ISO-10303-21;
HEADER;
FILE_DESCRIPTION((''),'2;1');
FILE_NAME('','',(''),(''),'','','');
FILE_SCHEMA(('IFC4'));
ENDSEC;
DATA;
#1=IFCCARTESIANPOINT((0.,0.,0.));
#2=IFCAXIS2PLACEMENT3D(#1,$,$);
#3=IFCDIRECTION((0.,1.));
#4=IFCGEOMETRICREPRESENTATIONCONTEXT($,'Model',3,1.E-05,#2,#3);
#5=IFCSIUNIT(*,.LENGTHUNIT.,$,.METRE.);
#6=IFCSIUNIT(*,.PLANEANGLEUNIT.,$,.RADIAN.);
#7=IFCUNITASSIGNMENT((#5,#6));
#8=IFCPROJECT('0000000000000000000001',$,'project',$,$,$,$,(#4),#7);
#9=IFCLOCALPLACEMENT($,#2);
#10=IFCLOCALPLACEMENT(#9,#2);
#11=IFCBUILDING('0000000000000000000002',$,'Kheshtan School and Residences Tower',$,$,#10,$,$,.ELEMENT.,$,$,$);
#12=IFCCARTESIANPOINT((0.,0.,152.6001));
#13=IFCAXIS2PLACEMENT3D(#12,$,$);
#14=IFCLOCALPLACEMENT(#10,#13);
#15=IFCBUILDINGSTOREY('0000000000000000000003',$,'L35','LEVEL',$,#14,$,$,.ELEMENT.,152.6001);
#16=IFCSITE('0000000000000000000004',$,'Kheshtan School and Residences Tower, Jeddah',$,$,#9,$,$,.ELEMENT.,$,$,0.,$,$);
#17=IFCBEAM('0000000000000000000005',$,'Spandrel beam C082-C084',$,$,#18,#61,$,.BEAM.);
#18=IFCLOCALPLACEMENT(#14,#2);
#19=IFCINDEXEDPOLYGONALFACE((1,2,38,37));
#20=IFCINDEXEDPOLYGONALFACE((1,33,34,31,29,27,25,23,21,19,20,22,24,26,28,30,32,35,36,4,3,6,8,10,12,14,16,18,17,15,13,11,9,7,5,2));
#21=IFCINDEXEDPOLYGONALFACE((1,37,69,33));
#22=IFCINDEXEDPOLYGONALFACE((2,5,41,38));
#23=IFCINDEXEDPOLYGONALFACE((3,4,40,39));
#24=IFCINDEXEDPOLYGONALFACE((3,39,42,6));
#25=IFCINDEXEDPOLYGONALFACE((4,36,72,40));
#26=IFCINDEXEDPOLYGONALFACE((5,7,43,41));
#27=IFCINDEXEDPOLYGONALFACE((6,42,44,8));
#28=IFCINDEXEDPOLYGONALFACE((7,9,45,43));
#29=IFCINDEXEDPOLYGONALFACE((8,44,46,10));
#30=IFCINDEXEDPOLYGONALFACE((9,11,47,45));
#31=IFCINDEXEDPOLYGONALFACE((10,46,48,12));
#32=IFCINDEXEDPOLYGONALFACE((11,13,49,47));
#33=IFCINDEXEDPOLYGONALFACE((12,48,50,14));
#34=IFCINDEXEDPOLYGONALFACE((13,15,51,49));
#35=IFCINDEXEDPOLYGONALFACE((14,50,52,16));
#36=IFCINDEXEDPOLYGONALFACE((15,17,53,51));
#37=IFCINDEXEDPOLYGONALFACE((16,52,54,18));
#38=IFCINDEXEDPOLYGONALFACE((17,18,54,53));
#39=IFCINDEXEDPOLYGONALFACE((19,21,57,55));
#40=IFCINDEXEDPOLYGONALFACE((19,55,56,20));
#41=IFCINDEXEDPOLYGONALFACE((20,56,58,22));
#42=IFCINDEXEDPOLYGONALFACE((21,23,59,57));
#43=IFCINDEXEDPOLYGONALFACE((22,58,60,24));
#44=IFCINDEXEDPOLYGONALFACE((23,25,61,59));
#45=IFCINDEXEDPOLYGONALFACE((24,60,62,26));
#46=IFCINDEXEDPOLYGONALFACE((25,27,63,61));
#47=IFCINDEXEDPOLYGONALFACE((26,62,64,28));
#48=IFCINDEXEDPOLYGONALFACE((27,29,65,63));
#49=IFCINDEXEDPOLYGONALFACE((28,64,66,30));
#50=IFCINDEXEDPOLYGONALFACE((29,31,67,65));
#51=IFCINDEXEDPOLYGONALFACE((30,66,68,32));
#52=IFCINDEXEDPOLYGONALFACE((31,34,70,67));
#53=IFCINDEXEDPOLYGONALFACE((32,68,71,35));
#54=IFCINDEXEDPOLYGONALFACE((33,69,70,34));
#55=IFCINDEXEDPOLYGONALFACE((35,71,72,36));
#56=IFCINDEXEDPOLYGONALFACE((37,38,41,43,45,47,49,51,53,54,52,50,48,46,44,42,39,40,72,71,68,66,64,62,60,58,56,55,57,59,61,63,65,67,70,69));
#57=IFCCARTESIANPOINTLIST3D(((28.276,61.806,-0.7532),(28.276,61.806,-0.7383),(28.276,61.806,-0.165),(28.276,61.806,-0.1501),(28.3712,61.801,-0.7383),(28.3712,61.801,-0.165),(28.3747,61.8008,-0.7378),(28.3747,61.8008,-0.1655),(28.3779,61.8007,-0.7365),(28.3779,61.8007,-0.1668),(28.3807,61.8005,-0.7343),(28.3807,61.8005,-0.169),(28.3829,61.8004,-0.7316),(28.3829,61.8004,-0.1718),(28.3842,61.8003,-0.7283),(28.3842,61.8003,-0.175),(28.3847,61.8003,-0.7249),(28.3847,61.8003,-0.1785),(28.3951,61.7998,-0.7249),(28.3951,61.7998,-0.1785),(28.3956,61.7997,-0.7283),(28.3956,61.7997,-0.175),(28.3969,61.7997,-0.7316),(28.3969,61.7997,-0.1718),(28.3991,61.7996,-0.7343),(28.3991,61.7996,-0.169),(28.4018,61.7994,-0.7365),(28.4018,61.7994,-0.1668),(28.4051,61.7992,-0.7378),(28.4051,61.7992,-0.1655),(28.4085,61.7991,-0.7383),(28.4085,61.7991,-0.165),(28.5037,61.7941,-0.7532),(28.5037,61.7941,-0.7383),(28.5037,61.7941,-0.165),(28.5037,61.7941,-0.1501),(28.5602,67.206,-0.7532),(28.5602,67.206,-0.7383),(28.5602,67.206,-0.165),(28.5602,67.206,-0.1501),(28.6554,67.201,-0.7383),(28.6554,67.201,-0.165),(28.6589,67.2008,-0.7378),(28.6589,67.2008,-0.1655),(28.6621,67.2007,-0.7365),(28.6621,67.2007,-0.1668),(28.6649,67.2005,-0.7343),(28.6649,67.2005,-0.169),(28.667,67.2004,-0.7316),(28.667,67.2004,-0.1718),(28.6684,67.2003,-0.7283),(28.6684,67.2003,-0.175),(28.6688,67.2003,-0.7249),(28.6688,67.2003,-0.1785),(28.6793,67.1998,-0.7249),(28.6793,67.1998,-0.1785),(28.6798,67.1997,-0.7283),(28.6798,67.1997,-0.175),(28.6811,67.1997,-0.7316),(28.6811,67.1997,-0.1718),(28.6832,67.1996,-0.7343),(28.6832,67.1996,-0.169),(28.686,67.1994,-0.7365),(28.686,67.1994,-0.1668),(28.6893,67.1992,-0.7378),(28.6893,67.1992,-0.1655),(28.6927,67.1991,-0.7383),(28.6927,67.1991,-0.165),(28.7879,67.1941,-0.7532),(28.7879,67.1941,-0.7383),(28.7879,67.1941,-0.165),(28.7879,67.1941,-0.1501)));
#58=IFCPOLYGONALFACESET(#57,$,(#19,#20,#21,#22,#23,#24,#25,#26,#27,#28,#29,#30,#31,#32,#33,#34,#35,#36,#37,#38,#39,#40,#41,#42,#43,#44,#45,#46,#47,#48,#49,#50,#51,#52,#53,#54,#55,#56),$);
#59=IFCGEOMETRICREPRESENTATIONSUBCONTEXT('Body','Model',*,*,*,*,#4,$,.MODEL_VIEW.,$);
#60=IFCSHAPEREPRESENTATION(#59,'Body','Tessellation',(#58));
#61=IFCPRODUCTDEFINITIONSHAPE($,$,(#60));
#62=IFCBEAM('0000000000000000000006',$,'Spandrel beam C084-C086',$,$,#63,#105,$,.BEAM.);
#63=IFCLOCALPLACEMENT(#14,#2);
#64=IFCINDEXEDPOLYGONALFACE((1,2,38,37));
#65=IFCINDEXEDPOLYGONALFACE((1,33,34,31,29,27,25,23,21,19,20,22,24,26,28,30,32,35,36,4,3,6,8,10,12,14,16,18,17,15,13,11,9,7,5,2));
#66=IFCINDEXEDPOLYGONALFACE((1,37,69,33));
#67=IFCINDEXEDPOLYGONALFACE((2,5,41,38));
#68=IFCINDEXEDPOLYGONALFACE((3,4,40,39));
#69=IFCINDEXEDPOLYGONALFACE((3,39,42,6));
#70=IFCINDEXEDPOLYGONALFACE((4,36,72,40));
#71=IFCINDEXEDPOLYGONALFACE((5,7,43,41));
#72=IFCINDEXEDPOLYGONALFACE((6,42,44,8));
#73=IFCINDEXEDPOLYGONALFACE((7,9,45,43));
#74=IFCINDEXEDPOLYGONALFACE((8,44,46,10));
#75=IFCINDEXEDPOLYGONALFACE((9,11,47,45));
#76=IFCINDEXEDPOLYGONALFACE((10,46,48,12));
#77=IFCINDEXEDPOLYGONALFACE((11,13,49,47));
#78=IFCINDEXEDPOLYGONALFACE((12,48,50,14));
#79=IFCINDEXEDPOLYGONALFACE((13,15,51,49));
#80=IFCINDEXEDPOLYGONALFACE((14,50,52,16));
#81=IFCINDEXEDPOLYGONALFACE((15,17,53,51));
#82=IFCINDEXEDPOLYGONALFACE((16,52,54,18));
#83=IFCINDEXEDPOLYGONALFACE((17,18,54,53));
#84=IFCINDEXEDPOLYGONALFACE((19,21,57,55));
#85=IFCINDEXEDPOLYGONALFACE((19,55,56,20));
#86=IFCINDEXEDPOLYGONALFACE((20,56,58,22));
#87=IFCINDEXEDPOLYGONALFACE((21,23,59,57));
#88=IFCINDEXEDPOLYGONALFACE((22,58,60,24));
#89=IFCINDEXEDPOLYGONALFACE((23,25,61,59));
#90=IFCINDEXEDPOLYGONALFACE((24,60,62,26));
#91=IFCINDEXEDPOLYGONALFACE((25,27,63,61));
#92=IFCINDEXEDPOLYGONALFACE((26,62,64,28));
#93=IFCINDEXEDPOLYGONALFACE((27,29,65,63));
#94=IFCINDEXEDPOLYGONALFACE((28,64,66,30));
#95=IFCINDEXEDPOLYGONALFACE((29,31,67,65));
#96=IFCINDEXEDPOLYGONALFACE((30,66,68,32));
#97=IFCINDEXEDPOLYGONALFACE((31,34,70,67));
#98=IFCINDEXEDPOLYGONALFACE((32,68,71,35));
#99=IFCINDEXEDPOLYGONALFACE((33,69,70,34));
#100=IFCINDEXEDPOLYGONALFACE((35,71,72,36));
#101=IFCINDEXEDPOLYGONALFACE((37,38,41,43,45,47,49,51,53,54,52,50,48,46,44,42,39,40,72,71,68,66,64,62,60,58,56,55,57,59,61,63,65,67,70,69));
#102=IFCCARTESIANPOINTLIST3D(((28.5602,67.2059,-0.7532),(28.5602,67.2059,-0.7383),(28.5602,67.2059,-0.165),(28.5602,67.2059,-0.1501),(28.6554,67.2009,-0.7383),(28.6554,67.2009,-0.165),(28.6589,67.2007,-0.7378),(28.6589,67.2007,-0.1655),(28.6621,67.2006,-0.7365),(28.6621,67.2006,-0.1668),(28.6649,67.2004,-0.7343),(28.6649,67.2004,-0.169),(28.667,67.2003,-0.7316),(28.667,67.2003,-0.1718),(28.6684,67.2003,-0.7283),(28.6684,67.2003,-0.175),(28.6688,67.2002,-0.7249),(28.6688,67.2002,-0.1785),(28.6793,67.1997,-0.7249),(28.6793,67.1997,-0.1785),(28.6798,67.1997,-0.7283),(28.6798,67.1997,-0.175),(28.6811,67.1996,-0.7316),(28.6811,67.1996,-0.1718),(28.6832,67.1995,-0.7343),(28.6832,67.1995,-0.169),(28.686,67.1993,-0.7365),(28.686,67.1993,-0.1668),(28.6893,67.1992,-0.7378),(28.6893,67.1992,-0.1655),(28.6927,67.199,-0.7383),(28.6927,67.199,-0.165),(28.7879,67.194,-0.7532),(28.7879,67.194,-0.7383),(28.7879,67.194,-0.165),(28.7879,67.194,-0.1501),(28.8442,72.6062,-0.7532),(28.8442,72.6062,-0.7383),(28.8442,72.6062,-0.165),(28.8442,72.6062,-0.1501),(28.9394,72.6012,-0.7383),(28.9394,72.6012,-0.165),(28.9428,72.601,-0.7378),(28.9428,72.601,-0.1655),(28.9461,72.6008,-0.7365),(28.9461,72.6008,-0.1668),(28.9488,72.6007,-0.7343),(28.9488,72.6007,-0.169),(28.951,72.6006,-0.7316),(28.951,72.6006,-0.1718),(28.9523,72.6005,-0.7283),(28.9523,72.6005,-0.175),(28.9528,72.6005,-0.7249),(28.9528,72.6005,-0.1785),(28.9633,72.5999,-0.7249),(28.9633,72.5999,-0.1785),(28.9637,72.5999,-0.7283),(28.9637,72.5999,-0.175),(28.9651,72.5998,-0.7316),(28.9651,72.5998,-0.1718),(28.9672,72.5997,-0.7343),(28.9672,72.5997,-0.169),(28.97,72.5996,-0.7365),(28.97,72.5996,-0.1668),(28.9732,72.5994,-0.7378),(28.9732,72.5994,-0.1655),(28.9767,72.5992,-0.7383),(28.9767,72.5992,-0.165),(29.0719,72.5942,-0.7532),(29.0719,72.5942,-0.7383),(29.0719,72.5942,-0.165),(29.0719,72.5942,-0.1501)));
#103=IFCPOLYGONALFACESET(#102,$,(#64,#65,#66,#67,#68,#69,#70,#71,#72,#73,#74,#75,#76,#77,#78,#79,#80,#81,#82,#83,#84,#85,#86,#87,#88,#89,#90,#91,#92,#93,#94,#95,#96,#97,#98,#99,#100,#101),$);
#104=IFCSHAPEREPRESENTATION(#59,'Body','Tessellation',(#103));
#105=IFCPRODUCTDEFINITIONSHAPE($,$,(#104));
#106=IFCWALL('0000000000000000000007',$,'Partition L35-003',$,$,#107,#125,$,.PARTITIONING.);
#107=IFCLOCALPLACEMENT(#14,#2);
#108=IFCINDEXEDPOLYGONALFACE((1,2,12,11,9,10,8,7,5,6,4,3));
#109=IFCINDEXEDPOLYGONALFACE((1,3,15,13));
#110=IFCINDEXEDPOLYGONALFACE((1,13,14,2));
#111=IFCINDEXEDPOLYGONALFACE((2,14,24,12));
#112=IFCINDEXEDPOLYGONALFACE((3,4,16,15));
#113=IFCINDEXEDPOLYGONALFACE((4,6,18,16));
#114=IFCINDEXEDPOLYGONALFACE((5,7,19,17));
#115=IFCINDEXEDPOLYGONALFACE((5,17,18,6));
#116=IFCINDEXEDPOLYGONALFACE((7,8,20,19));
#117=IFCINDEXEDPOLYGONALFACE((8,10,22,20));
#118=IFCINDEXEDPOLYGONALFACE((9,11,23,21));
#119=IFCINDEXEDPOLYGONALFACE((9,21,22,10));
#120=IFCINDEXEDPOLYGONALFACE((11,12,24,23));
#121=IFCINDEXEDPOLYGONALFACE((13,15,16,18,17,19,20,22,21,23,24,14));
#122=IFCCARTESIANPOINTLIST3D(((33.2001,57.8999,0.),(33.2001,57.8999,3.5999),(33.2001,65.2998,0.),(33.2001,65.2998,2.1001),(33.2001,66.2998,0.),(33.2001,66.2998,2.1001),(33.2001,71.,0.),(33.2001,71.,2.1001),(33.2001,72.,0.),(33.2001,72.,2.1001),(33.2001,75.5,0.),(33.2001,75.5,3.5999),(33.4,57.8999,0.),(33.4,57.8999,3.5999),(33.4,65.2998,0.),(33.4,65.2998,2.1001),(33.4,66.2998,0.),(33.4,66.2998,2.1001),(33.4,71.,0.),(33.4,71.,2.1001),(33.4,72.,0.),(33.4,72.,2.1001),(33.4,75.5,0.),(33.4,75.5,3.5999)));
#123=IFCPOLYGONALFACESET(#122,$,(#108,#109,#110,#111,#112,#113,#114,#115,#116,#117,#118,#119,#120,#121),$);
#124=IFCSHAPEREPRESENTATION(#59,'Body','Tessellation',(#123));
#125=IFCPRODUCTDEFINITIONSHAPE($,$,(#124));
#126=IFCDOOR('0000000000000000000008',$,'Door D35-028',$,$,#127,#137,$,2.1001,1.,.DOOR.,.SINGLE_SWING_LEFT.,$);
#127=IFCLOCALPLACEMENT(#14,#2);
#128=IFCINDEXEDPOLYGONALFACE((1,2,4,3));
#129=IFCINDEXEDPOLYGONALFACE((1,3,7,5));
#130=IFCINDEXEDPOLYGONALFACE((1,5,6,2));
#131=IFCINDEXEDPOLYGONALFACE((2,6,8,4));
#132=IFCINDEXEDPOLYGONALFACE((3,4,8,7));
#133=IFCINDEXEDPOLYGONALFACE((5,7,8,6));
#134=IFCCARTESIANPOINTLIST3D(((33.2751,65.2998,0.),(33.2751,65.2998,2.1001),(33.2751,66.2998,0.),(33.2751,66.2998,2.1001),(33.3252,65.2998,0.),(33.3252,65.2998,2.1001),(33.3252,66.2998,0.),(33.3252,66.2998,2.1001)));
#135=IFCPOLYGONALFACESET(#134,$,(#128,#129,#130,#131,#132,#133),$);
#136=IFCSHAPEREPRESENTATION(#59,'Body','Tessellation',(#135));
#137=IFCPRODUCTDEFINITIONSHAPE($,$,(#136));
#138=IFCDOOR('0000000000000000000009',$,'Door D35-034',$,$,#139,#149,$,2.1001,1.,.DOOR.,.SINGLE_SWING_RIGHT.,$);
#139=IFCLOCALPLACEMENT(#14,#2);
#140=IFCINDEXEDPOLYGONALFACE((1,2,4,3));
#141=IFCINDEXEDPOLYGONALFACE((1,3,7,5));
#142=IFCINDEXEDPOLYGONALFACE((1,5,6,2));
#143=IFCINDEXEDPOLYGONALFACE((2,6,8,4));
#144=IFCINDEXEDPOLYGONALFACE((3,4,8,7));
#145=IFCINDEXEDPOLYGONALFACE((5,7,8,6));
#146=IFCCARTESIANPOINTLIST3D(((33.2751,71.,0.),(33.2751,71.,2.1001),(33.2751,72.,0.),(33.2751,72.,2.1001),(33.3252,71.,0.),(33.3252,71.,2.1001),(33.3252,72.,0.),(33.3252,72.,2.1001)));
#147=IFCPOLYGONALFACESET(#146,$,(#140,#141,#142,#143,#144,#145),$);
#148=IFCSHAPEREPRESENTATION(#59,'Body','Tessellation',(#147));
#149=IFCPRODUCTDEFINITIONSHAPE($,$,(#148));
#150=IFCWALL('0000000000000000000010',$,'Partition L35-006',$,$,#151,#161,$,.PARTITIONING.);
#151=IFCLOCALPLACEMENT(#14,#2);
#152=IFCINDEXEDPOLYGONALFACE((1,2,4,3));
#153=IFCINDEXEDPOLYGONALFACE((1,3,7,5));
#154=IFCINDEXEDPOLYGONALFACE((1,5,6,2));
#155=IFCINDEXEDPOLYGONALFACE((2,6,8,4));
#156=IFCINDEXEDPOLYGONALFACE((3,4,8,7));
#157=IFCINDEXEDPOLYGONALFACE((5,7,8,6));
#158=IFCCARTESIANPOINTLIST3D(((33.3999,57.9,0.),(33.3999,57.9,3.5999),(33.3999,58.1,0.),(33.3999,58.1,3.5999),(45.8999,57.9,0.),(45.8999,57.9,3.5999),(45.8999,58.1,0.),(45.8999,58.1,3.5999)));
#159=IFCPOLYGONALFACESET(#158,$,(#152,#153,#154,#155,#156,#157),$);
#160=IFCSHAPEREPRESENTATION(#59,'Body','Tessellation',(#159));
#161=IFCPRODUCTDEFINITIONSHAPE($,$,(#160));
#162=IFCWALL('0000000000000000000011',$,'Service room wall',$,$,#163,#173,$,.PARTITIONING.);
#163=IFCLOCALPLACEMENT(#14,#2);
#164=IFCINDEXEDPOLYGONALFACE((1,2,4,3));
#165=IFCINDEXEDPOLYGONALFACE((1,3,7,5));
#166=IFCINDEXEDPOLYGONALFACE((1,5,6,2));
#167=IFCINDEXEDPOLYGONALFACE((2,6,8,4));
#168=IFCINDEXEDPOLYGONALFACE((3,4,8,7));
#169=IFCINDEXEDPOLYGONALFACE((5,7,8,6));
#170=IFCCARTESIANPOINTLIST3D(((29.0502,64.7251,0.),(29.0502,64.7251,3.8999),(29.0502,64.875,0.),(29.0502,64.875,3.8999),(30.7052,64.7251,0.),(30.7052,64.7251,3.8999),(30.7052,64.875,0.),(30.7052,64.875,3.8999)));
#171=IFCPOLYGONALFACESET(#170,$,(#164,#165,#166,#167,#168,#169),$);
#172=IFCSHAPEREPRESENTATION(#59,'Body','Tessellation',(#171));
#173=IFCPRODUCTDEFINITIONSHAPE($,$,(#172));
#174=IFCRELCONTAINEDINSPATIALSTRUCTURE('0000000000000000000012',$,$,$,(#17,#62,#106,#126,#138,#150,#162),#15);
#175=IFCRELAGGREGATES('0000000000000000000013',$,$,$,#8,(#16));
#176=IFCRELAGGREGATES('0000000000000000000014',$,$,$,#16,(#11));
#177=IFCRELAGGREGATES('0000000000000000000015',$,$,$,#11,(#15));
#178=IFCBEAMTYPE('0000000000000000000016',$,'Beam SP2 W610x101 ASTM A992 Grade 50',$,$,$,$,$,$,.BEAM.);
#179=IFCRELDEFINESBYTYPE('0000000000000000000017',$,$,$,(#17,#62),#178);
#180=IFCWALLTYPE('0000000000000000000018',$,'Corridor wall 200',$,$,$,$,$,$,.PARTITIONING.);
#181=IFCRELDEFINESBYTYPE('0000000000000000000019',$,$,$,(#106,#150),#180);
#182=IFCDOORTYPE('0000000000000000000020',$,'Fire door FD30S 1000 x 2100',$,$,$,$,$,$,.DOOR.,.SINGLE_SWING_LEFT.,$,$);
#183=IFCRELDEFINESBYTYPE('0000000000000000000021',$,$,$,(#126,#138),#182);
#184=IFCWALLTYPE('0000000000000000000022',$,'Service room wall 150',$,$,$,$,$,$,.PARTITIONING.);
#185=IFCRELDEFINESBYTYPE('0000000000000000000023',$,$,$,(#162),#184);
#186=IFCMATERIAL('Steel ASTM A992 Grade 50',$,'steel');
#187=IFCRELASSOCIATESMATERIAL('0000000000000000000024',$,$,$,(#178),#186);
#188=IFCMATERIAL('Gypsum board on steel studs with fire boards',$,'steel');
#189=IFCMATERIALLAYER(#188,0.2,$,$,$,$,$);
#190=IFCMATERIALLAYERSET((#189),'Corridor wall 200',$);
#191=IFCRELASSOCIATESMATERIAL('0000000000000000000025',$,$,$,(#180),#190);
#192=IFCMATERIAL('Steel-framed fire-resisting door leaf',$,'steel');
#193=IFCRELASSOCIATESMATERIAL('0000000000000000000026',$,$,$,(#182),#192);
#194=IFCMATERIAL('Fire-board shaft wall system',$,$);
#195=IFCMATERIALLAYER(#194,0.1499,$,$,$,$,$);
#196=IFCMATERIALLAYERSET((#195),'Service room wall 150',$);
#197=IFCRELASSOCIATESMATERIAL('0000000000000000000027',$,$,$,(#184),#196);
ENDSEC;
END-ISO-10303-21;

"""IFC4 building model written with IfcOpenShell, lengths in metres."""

from ifc_helpers import new_model, si_unit, direction, frame, frame_2d, origin, origin_2d, place, context, subcontext, project, spatial, rectangle, i_section, extrude, source, transform, mapped, material, layer, layer_set, material_profile, profile_set, type_object, element, fill, save


model = new_model("IFC4")

# Units and contexts
model_context = context("Model", 3, precision=1e-05, world=origin(), true_north=direction((0.0, 1.0)))
body_context = subcontext(model_context, "Body", "Model", "MODEL_VIEW")
ifc_project = project(units=[si_unit("LENGTHUNIT", "METRE"), si_unit("PLANEANGLEUNIT", "RADIAN")], contexts=[model_context])

# Site, building, storey
site_placement = place(None, origin())
site = spatial("IfcSite", under=ifc_project, at=site_placement, Name="Kheshtan School and Residences Tower, Jeddah", CompositionType="ELEMENT", RefElevation=0.0)
building_placement = place(site_placement, origin())
building = spatial("IfcBuilding", under=site, at=building_placement, Name="Kheshtan School and Residences Tower", CompositionType="ELEMENT")
storey_placement = place(building_placement, frame((0.0, 0.0, 152.6001)))
storey = spatial("IfcBuildingStorey", under=building, at=storey_placement, Name="L35", Description="LEVEL", CompositionType="ELEMENT", Elevation=152.6001)

# Shared definitions
ifc_material_1 = material(Name="Steel ASTM A992 Grade 50", Category="steel")

# Beams
ifc_material_profile_1 = material_profile(ifc_material_1, i_section(OverallWidth=0.228, OverallDepth=0.603, WebThickness=0.0105, FlangeThickness=0.0149, FilletRadius=0.0134, at=origin_2d()), Name="W610x101")
ifc_profile_set_1 = profile_set([ifc_material_profile_1], Name="Steel ASTM A992 Grade 50")
beam_type_1 = type_object("IfcBeamType", Name="Beam SP2 W610x101 ASTM A992 Grade 50", PredefinedType="BEAM", material=ifc_profile_set_1)
beam_1_placement = place(storey_placement, frame((28.3899, 61.8, -0.4517), z_axis=(0.052554, 0.998618, 0.0), x_axis=(-0.998618, 0.052554, 0.0)))
element("IfcBeam", 1, at=beam_1_placement, inside=storey, type_object=beam_type_1, Name="Spandrel beam C082-C084", PredefinedType="BEAM", context=body_context, shape_type="SweptSolid", body=[
    extrude(i_section(OverallWidth=0.228, OverallDepth=0.603, WebThickness=0.0105, FlangeThickness=0.0149, FilletRadius=0.0134, at=origin_2d()), origin(), (0.0, 0.0, 1.0), 5.4075),
])
beam_2_placement = place(storey_placement, frame((28.6741, 67.2, -0.4517), z_axis=(0.052507, 0.998621, 0.0), x_axis=(-0.998621, 0.052507, 0.0)))
element("IfcBeam", 2, at=beam_2_placement, inside=storey, type_object=beam_type_1, Name="Spandrel beam C084-C086", PredefinedType="BEAM", context=body_context, shape_type="SweptSolid", body=[
    extrude(i_section(OverallWidth=0.228, OverallDepth=0.603, WebThickness=0.0105, FlangeThickness=0.0149, FilletRadius=0.0134, at=origin_2d()), origin(), (0.0, 0.0, 1.0), 5.4077),
])

# Wall, openings, doors
ifc_material_2 = material(Name="Gypsum board on steel studs with fire boards", Category="steel")
ifc_layer_1 = layer(ifc_material_2, 0.2)
ifc_layer_set_1 = layer_set([ifc_layer_1], Name="Corridor wall 200")
wall_type_1 = type_object("IfcWallType", Name="Corridor wall 200", PredefinedType="PARTITIONING", material=ifc_layer_set_1)
wall_1_placement = place(storey_placement, frame((33.3, 57.8999, 0.0), z_axis=(0.0, 0.0, 1.0), x_axis=(0.0, 1.0, 0.0)))
wall_1 = element("IfcWall", 3, at=wall_1_placement, inside=storey, type_object=wall_type_1, Name="Partition L35-003", PredefinedType="PARTITIONING", context=body_context, shape_type="SweptSolid", body=[
    extrude(rectangle(XDim=17.6001, YDim=0.2, at=frame_2d((8.8, 0.0))), origin(), (0.0, 0.0, 1.0), 3.5999),
])
opening_1_placement = place(wall_1_placement, frame((7.3999, 0.0, 0.0)))
opening_1 = element("IfcOpeningElement", 4, at=opening_1_placement, cuts=wall_1, PredefinedType="OPENING", context=body_context, shape_type="SweptSolid", body=[
    extrude(rectangle(XDim=1.0, YDim=2.1001, at=frame_2d((0.5, 1.05))), frame((0.0, 0.1099, 0.0), z_axis=(0.0, -1.0, 0.0), x_axis=(1.0, 0.0, 0.0)), (0.0, 0.0, 1.0), 0.22),
])
opening_2_placement = place(wall_1_placement, frame((13.1001, 0.0, 0.0)))
opening_2 = element("IfcOpeningElement", 5, at=opening_2_placement, cuts=wall_1, PredefinedType="OPENING", context=body_context, shape_type="SweptSolid", body=[
    extrude(rectangle(XDim=1.0, YDim=2.1001, at=frame_2d((0.5, 1.05))), frame((0.0, 0.1099, 0.0), z_axis=(0.0, -1.0, 0.0), x_axis=(1.0, 0.0, 0.0)), (0.0, 0.0, 1.0), 0.22),
])
ifc_material_3 = material(Name="Steel-framed fire-resisting door leaf", Category="steel")
door_type = type_object("IfcDoorType", Name="Fire door FD30S 1000 x 2100", OperationType="SINGLE_SWING_LEFT", PredefinedType="DOOR", material=ifc_material_3)
shared_shape = source(origin(), body_context, "Body", "SweptSolid", [
    extrude(rectangle(XDim=1.0, YDim=2.1001, at=frame_2d((0.5, 1.05))), frame((0.0, 0.0249, 0.0), z_axis=(0.0, -1.0, 0.0), x_axis=(1.0, 0.0, 0.0)), (0.0, 0.0, 1.0), 0.05),
])
door_1_placement = place(opening_1_placement, origin())
door_1 = element("IfcDoor", 6, at=door_1_placement, inside=storey, type_object=door_type, Name="Door D35-028", OperationType="SINGLE_SWING_LEFT", OverallHeight=2.1001, OverallWidth=1.0, PredefinedType="DOOR", context=body_context, shape_type="MappedRepresentation", body=[
    mapped(shared_shape, transform((0.0, 0.0, 0.0), x_axis=(1.0, 0.0, 0.0), y_axis=(0.0, 1.0, 0.0), z_axis=(0.0, 0.0, 1.0), scale=1.0)),
])
fill(opening_1, door_1)
door_2_placement = place(opening_2_placement, origin())
door_2 = element("IfcDoor", 7, at=door_2_placement, inside=storey, type_object=door_type, Name="Door D35-034", OperationType="SINGLE_SWING_RIGHT", OverallHeight=2.1001, OverallWidth=1.0, PredefinedType="DOOR", context=body_context, shape_type="MappedRepresentation", body=[
    mapped(shared_shape, transform((0.0, 0.0, 0.0), x_axis=(1.0, 0.0, 0.0), y_axis=(0.0, 1.0, 0.0), z_axis=(0.0, 0.0, 1.0), scale=1.0)),
])
fill(opening_2, door_2)

# Walls
wall_2_placement = place(storey_placement, frame((33.3999, 58.0, 0.0), z_axis=(0.0, 0.0, 1.0), x_axis=(1.0, 0.0, 0.0)))
element("IfcWall", 8, at=wall_2_placement, inside=storey, type_object=wall_type_1, Name="Partition L35-006", PredefinedType="PARTITIONING", context=body_context, shape_type="SweptSolid", body=[
    extrude(rectangle(XDim=12.5, YDim=0.2, at=frame_2d((6.25, 0.0))), origin(), (0.0, 0.0, 1.0), 3.5999),
])
ifc_material_4 = material(Name="Fire-board shaft wall system")
ifc_layer_2 = layer(ifc_material_4, 0.1499)
ifc_layer_set_2 = layer_set([ifc_layer_2], Name="Service room wall 150")
wall_type_2 = type_object("IfcWallType", Name="Service room wall 150", PredefinedType="PARTITIONING", material=ifc_layer_set_2)
wall_3_placement = place(storey_placement, frame((29.05, 64.8, 0.0), z_axis=(0.0, 0.0, 1.0), x_axis=(1.0, 0.0, 0.0)))
element("IfcWall", 9, at=wall_3_placement, inside=storey, type_object=wall_type_2, Name="Service room wall", PredefinedType="PARTITIONING", context=body_context, shape_type="SweptSolid", body=[
    extrude(rectangle(XDim=1.655, YDim=0.1499, at=frame_2d((0.8276, 0.0))), origin(), (0.0, 0.0, 1.0), 3.8999),
])

save(model, "model.ifc")
